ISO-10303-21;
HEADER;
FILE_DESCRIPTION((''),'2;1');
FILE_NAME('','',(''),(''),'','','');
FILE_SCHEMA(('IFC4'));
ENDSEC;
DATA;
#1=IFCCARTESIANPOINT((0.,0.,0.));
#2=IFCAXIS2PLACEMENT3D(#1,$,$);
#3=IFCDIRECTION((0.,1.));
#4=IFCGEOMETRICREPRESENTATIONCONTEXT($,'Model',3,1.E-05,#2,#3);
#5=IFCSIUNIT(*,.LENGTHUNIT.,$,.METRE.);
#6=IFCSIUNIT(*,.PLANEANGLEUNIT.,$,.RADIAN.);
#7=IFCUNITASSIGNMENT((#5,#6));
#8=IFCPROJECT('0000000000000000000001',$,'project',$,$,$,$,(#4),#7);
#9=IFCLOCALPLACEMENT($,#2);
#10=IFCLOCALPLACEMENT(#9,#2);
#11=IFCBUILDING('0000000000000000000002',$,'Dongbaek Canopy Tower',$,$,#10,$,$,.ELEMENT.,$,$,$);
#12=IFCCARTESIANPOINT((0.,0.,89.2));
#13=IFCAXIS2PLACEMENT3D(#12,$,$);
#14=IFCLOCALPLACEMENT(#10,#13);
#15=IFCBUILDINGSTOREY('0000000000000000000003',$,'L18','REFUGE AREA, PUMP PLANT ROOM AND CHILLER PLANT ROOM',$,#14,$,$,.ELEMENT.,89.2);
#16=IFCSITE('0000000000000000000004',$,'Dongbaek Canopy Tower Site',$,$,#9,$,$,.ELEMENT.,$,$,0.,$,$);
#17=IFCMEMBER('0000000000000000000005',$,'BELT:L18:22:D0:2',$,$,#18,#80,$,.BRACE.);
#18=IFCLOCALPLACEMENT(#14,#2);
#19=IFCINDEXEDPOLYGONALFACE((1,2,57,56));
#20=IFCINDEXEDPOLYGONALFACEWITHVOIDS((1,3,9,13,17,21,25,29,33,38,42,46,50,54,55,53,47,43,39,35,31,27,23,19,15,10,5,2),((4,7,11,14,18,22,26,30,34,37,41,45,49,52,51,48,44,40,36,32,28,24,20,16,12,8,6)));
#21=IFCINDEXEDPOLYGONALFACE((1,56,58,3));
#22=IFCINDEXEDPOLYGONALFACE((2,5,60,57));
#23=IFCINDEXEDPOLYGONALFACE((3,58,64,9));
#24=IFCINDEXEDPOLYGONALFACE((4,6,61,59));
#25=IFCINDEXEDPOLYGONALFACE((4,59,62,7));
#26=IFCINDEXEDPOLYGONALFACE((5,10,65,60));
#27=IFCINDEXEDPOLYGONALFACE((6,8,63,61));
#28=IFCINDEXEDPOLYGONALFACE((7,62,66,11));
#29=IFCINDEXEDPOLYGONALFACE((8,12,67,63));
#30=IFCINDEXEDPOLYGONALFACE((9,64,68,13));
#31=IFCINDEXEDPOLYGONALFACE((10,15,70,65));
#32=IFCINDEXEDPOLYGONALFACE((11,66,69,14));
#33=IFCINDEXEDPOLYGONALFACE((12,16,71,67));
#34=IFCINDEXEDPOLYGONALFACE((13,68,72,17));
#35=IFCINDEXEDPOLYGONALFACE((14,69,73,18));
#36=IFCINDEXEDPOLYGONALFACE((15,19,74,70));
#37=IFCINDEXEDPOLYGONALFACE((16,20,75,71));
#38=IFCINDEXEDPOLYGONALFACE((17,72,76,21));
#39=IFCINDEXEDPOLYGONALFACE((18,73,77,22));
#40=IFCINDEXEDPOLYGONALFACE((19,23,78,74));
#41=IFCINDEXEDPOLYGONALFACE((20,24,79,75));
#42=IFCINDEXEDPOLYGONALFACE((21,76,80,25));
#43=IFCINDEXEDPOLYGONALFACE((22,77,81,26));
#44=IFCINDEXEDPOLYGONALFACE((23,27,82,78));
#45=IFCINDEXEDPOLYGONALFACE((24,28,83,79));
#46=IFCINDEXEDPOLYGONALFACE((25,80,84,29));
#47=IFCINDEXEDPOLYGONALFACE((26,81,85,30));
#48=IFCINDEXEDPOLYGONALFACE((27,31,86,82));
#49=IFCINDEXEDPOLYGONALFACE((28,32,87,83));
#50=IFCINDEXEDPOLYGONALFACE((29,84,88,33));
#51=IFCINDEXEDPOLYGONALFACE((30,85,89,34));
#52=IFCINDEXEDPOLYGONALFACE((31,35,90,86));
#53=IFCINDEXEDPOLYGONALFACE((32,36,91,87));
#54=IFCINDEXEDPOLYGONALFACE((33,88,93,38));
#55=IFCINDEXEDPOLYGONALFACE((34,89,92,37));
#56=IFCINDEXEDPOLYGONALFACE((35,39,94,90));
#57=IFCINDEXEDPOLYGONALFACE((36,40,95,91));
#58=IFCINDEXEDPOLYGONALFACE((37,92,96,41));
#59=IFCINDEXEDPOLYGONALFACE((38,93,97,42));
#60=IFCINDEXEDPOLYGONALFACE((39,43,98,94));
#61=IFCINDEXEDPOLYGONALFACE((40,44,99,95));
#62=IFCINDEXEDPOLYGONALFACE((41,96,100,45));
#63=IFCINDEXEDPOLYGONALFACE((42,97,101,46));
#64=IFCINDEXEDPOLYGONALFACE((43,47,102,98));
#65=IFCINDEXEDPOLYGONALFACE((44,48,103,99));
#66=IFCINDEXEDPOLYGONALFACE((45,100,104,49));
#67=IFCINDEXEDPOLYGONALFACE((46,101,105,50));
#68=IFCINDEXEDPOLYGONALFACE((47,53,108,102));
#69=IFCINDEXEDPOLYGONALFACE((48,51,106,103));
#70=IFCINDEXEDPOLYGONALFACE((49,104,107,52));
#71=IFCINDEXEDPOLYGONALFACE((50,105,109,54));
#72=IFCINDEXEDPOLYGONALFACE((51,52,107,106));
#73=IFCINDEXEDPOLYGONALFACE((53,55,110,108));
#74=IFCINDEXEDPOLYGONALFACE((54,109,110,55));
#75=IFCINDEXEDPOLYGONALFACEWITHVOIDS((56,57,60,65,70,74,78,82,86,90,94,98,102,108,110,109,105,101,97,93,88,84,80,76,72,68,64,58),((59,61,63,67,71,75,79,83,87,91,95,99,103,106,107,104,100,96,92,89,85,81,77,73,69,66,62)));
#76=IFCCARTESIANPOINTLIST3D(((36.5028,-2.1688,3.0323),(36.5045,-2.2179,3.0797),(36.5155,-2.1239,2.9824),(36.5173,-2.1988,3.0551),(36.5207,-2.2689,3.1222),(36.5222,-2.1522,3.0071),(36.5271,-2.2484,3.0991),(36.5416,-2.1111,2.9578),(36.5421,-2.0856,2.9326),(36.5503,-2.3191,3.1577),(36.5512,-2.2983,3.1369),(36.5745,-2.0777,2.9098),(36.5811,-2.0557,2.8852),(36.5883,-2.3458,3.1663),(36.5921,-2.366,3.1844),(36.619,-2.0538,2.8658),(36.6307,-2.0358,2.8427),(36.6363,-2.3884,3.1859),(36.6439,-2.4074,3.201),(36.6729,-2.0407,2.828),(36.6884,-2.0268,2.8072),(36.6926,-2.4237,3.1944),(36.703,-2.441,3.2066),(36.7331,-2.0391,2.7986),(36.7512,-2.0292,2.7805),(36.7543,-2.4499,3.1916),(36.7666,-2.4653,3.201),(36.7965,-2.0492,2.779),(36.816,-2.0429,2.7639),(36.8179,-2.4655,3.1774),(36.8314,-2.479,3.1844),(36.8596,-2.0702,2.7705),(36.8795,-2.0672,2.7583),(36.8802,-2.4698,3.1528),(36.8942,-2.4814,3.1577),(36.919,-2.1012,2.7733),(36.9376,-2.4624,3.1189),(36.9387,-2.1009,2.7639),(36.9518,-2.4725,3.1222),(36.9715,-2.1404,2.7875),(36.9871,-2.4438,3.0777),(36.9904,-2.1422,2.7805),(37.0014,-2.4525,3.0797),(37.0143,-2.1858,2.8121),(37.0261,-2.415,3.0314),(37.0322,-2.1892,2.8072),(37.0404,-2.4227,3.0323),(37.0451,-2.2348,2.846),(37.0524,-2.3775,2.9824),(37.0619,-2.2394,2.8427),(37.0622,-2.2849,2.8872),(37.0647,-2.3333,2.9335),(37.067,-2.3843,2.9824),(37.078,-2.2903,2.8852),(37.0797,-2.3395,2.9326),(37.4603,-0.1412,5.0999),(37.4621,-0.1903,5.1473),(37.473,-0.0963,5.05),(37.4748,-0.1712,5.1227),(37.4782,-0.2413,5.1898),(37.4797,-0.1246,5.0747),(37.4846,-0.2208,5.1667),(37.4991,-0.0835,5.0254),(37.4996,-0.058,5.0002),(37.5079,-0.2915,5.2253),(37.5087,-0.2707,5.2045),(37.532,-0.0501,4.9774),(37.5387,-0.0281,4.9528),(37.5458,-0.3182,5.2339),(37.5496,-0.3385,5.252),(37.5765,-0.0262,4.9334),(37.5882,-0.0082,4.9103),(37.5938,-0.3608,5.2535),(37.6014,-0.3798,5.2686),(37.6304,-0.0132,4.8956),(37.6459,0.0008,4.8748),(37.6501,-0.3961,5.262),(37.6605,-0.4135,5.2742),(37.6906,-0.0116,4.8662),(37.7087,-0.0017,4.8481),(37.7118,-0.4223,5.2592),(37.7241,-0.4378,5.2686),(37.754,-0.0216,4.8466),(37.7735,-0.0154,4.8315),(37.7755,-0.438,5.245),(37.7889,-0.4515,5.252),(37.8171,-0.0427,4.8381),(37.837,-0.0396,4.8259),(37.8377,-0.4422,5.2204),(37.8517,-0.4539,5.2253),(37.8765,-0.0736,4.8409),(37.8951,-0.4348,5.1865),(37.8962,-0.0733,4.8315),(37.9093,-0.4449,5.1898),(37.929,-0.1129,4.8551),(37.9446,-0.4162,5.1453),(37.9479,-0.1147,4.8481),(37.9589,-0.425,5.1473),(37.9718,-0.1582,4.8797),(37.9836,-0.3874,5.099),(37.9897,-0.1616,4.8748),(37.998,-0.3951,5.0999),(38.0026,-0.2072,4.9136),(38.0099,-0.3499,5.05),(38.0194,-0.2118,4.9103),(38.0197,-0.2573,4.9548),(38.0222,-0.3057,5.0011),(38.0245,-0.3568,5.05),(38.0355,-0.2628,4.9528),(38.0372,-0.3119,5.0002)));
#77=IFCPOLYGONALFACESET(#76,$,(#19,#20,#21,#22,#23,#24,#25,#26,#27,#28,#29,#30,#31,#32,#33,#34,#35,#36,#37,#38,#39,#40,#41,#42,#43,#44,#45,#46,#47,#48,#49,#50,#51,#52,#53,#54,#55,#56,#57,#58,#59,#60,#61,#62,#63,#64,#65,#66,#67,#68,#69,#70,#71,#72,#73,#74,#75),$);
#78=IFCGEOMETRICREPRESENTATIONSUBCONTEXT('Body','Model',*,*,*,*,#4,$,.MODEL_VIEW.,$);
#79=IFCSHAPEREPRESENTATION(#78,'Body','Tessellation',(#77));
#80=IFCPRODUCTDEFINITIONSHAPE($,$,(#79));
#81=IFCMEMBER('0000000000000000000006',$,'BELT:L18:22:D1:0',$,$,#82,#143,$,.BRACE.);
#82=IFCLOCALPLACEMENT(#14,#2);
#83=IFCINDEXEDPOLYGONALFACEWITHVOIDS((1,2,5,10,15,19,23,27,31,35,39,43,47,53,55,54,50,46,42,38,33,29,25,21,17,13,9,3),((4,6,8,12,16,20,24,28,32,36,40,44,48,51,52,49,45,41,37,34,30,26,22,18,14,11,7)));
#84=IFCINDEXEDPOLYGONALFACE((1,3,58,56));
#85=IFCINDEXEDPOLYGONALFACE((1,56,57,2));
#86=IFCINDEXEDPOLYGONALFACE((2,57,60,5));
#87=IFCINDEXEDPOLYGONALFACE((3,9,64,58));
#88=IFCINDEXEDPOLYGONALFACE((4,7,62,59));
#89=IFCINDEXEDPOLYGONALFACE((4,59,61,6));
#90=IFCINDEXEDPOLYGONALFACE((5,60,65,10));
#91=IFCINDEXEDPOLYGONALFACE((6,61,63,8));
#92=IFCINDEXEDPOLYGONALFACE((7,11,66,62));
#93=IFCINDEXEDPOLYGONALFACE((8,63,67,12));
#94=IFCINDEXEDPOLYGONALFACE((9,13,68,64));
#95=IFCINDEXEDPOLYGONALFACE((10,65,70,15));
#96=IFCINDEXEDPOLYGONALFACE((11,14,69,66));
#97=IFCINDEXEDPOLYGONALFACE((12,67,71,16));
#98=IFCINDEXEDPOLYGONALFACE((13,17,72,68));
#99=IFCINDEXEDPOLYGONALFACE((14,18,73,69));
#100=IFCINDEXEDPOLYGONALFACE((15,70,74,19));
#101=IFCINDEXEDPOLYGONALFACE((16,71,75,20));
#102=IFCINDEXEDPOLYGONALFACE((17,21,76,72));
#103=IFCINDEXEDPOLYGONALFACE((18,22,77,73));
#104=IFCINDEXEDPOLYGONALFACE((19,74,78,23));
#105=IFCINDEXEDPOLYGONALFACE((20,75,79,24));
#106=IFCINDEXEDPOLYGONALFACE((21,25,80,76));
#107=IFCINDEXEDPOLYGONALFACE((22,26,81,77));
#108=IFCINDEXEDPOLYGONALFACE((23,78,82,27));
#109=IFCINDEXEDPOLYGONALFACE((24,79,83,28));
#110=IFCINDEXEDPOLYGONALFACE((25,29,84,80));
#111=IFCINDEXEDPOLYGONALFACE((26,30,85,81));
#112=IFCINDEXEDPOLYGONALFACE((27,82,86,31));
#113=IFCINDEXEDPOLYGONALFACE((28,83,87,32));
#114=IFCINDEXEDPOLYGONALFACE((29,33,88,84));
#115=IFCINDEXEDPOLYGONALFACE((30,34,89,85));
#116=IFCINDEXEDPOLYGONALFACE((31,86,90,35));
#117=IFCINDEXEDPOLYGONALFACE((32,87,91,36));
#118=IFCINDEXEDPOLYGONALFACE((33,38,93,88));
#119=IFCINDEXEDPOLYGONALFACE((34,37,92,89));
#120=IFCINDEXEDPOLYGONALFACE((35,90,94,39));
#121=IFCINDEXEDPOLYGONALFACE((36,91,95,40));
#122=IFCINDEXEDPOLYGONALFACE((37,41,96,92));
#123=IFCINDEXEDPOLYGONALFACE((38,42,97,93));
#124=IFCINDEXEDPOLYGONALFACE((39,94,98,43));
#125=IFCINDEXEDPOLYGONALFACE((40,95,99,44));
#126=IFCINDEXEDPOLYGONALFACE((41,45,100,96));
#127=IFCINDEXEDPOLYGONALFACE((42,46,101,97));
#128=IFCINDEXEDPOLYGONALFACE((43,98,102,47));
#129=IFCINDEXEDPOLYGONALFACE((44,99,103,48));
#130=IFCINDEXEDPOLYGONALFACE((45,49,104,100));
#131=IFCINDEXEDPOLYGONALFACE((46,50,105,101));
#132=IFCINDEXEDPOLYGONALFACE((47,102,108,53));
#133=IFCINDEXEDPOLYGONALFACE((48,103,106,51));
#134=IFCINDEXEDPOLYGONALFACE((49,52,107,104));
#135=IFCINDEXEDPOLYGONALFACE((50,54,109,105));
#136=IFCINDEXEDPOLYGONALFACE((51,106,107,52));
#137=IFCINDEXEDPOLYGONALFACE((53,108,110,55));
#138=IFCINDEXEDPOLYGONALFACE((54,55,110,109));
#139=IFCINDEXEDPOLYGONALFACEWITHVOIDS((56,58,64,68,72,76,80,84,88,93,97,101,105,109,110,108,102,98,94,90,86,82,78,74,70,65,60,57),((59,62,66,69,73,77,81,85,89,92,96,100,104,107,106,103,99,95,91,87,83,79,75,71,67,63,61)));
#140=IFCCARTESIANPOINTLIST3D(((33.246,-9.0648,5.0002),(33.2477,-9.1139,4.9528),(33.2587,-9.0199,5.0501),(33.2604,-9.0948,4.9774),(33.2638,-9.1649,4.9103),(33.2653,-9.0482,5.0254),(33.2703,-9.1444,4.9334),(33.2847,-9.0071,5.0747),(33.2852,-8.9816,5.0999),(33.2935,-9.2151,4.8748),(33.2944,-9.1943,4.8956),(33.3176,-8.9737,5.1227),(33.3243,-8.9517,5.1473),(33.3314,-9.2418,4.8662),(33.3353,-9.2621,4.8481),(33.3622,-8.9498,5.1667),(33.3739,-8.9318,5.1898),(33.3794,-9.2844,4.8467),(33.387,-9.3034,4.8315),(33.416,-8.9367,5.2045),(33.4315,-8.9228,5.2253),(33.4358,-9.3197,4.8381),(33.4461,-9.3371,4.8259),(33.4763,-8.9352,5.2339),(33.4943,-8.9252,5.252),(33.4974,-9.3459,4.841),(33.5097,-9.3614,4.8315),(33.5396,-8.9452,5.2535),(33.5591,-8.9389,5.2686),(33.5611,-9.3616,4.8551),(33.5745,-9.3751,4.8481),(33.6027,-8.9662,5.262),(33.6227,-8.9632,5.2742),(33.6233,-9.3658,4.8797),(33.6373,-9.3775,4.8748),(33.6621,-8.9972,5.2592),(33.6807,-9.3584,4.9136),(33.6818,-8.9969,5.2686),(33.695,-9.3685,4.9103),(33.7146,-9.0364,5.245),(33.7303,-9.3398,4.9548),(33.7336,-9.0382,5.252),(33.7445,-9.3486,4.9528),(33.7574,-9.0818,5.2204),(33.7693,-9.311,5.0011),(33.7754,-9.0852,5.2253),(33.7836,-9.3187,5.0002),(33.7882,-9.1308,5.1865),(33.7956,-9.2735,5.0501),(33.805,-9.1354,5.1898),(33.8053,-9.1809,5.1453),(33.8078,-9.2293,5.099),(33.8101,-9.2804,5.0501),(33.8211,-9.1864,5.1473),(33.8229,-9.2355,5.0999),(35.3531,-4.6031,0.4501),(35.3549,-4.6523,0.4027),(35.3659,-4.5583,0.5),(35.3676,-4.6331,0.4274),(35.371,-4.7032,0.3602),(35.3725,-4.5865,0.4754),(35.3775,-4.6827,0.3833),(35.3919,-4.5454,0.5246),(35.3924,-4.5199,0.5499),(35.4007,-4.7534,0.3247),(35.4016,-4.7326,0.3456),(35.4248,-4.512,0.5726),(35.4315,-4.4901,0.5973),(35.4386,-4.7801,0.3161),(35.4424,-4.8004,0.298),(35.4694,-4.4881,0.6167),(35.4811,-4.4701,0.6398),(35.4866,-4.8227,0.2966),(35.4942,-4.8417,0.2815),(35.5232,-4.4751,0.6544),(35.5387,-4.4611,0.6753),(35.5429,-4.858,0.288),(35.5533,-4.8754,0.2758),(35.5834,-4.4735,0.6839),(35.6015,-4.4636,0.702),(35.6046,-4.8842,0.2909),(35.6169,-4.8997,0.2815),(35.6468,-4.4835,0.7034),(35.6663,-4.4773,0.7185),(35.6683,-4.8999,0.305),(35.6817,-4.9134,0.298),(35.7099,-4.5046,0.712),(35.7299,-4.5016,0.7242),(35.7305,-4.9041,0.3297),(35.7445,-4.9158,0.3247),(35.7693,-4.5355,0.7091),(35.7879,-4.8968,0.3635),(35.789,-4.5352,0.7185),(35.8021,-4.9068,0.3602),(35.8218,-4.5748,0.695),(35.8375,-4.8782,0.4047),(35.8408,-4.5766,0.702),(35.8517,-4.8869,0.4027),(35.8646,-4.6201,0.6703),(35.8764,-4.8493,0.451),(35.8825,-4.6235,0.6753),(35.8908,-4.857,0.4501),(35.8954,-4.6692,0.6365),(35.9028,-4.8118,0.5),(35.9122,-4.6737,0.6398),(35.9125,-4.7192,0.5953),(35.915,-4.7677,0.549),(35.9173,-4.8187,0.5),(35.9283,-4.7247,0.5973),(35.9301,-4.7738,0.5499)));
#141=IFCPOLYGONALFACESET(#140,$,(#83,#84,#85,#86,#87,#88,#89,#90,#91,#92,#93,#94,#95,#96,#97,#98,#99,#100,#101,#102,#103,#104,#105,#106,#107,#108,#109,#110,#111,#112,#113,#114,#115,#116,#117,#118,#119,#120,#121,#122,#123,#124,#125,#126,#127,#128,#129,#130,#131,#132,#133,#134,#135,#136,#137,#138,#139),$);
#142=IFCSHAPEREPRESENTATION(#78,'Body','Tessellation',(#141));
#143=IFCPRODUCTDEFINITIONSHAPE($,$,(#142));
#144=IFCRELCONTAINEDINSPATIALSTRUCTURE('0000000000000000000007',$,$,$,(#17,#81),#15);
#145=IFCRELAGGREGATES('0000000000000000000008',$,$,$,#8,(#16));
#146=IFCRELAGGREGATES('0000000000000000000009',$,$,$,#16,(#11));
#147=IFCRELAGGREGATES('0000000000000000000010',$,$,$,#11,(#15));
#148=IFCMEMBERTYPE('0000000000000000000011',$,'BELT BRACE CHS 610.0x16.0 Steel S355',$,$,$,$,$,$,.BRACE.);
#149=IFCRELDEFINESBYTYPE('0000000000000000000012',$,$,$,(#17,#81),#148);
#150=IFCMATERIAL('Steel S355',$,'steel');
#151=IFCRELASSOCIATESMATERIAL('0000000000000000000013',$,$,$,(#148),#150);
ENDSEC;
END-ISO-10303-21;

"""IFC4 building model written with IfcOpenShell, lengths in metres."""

from ifc_helpers import new_model, si_unit, direction, frame, origin, origin_2d, place, context, subcontext, project, spatial, hollow_circle, extrude, material, material_profile, profile_set, type_object, element, save


model = new_model("IFC4")

# Units and contexts
model_context = context("Model", 3, precision=1e-05, world=origin(), true_north=direction((0.0, 1.0)))
body_context = subcontext(model_context, "Body", "Model", "MODEL_VIEW")
ifc_project = project(units=[si_unit("LENGTHUNIT", "METRE"), si_unit("PLANEANGLEUNIT", "RADIAN")], contexts=[model_context])

# Site, building, storey
site_placement = place(None, origin())
site = spatial("IfcSite", under=ifc_project, at=site_placement, Name="Dongbaek Canopy Tower Site", CompositionType="ELEMENT", RefElevation=0.0)
building_placement = place(site_placement, origin())
building = spatial("IfcBuilding", under=site, at=building_placement, Name="Dongbaek Canopy Tower", CompositionType="ELEMENT")
storey_placement = place(building_placement, frame((0.0, 0.0, 89.2)))
storey = spatial("IfcBuildingStorey", under=building, at=storey_placement, Name="L18", Description="REFUGE AREA, PUMP PLANT ROOM AND CHILLER PLANT ROOM", CompositionType="ELEMENT", Elevation=89.2)

# Members
ifc_material_1 = material(Name="Steel S355", Category="steel")
ifc_material_profile_1 = material_profile(ifc_material_1, hollow_circle(Radius=0.3049, WallThickness=0.0161, at=origin_2d()), Name="BELT BRACE CHS 610.0x16.0 Steel S355")
ifc_profile_set_1 = profile_set([ifc_material_profile_1], Name="Steel S355")
member_type_1 = type_object("IfcMemberType", Name="BELT BRACE CHS 610.0x16.0 Steel S355", PredefinedType="BRACE", material=ifc_profile_set_1)
for number, where, z_axis, x_axis, name in (
    (1, (37.7488, -0.2266, 5.05), (-0.313932, -0.664764, -0.677891), (0.90424, -0.427024, 0.0), "BELT:L18:22:D0:2"),
):
    element("IfcMember", number, at=place(storey_placement, frame(where, z_axis=z_axis, x_axis=x_axis)), inside=storey, type_object=member_type_1, Name=name, PredefinedType="BRACE", context=body_context, shape_type="SweptSolid", body=[
        extrude(hollow_circle(Radius=0.3049, WallThickness=0.0161, at=origin_2d()), origin(), (0.0, 0.0, 1.0), 3.05),
    ])
member_1_placement = place(storey_placement, frame((35.6416, -4.6885, 0.5), z_axis=(-0.313946, -0.66474, 0.677907), x_axis=(0.904227, -0.427052, 0.0)))
element("IfcMember", 2, at=member_1_placement, inside=storey, type_object=member_type_1, Name="BELT:L18:22:D1:0", PredefinedType="BRACE", context=body_context, shape_type="SweptSolid", body=[
    extrude(hollow_circle(Radius=0.3049, WallThickness=0.0161, at=origin_2d()), origin(), (0.0, 0.0, 1.0), 6.7119),
])

save(model, "model.ifc")
